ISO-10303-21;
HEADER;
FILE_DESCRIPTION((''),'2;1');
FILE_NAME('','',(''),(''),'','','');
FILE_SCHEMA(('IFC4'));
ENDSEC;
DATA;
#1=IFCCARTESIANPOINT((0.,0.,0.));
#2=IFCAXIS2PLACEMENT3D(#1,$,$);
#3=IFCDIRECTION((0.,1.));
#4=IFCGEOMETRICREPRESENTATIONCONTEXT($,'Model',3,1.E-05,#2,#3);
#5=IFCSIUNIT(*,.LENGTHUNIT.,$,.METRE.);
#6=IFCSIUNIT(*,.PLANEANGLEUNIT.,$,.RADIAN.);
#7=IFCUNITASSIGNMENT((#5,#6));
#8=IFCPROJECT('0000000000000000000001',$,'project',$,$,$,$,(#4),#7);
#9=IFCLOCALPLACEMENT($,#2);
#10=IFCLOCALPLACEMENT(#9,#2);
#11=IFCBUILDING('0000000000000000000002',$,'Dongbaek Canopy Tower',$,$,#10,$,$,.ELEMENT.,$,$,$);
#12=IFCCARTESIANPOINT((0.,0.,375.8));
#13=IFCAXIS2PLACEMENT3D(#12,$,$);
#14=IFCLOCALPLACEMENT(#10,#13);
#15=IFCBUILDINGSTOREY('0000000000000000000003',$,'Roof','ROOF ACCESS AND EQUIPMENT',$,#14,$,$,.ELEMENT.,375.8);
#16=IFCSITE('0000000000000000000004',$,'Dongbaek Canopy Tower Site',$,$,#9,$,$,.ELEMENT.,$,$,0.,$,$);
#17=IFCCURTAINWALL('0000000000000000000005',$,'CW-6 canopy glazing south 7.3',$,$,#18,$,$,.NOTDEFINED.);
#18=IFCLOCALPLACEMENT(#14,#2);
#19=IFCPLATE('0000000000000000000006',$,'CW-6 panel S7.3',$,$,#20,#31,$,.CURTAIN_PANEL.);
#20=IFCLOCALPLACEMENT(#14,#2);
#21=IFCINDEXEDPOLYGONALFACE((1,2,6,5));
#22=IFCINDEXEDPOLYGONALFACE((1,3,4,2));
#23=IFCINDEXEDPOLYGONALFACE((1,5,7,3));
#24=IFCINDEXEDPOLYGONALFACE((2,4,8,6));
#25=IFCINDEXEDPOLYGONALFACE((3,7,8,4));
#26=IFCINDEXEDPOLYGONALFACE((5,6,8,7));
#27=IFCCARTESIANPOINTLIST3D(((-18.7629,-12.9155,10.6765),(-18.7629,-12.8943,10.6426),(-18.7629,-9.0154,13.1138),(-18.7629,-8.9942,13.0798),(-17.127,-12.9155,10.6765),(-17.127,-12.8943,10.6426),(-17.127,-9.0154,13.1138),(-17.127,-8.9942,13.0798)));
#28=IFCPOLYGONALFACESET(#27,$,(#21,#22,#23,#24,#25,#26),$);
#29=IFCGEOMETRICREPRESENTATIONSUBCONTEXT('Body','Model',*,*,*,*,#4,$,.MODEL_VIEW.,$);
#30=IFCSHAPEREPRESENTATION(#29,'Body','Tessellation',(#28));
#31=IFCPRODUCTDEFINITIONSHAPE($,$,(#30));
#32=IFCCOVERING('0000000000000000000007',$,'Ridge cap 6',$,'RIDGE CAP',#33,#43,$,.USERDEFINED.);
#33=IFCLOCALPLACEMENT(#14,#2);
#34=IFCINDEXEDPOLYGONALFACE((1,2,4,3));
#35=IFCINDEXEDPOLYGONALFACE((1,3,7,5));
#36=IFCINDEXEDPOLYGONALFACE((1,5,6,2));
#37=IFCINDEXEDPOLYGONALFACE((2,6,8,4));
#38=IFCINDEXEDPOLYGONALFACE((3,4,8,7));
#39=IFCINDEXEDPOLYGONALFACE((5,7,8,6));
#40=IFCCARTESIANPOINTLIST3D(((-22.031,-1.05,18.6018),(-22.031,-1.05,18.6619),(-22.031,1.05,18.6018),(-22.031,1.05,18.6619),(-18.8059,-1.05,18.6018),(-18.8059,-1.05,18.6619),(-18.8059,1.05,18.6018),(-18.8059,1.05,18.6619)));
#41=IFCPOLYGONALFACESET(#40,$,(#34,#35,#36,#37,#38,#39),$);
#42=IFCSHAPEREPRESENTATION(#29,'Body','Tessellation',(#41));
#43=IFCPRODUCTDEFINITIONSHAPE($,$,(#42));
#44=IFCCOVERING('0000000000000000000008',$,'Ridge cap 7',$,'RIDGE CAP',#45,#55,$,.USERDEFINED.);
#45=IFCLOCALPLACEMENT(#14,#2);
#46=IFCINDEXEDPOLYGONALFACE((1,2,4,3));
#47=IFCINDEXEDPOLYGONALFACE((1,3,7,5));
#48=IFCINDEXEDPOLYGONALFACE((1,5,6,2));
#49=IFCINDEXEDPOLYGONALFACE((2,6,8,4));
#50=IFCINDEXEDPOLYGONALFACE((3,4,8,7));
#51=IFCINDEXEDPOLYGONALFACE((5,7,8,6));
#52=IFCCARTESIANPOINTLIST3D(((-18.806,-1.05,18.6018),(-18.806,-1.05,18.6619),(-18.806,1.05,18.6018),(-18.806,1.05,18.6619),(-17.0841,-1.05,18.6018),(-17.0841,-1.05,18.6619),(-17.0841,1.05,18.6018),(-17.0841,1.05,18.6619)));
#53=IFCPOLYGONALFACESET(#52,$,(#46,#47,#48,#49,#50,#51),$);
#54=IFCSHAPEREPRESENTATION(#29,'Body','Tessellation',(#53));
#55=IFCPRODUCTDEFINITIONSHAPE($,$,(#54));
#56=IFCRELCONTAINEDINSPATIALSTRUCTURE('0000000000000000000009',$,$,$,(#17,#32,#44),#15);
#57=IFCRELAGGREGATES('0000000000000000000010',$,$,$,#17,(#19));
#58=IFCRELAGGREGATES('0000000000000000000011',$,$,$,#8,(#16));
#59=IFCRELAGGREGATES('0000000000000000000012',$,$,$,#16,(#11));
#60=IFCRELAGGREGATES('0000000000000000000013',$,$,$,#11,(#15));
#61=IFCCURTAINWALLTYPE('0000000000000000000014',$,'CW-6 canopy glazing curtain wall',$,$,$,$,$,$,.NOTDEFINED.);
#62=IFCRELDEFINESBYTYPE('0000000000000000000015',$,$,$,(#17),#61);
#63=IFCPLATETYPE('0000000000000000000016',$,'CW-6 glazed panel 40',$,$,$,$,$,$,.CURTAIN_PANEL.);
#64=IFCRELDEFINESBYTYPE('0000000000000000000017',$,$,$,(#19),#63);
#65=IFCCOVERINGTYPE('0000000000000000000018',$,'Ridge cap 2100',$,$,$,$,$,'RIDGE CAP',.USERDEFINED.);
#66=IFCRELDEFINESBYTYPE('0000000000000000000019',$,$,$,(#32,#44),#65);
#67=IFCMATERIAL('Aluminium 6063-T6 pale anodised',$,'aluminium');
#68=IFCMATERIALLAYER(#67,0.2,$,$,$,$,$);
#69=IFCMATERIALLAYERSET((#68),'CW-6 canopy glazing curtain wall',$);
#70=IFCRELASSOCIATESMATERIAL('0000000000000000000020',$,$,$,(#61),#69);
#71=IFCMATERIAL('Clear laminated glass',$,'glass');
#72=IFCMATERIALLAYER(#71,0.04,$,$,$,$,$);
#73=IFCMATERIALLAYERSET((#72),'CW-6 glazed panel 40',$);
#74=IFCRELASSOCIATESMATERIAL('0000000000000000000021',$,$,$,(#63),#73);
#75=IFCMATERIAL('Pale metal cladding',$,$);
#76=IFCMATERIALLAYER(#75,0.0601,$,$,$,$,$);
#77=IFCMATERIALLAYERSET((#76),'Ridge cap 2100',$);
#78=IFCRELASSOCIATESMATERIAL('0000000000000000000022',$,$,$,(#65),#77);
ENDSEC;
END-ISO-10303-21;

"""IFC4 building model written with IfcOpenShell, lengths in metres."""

from ifc_helpers import new_model, si_unit, direction, frame, origin, origin_2d, place, context, subcontext, project, spatial, polyline, rectangle, outline, extrude, material, layer, layer_set, type_object, element, aggregate, save


model = new_model("IFC4")

# Units and contexts
model_context = context("Model", 3, precision=1e-05, world=origin(), true_north=direction((0.0, 1.0)))
body_context = subcontext(model_context, "Body", "Model", "MODEL_VIEW")
ifc_project = project(units=[si_unit("LENGTHUNIT", "METRE"), si_unit("PLANEANGLEUNIT", "RADIAN")], contexts=[model_context])

# Site, building, storey
site_placement = place(None, origin())
site = spatial("IfcSite", under=ifc_project, at=site_placement, Name="Dongbaek Canopy Tower Site", CompositionType="ELEMENT", RefElevation=0.0)
building_placement = place(site_placement, origin())
building = spatial("IfcBuilding", under=site, at=building_placement, Name="Dongbaek Canopy Tower", CompositionType="ELEMENT")
storey_placement = place(building_placement, frame((0.0, 0.0, 375.8)))
storey = spatial("IfcBuildingStorey", under=building, at=storey_placement, Name="Roof", Description="ROOF ACCESS AND EQUIPMENT", CompositionType="ELEMENT", Elevation=375.8)

# Curtain wall
ifc_material_1 = material(Name="Aluminium 6063-T6 pale anodised", Category="aluminium")
ifc_layer_1 = layer(ifc_material_1, 0.2)
ifc_layer_set_1 = layer_set([ifc_layer_1], Name="CW-6 canopy glazing curtain wall")
curtain_wall_type = type_object("IfcCurtainWallType", Name="CW-6 canopy glazing curtain wall", PredefinedType="NOTDEFINED", material=ifc_layer_set_1)
curtain_wall_1_placement = place(storey_placement, origin())
curtain_wall_1 = element("IfcCurtainWall", 1, at=curtain_wall_1_placement, inside=storey, type_object=curtain_wall_type, Name="CW-6 canopy glazing south 7.3", PredefinedType="NOTDEFINED")

# Plate
ifc_material_2 = material(Name="Clear laminated glass", Category="glass")
ifc_layer_2 = layer(ifc_material_2, 0.04)
ifc_layer_set_2 = layer_set([ifc_layer_2], Name="CW-6 glazed panel 40")
plate_type = type_object("IfcPlateType", Name="CW-6 glazed panel 40", PredefinedType="CURTAIN_PANEL", material=ifc_layer_set_2)
plate_1_placement = place(storey_placement, frame((-18.7629, -9.0154, 13.1138), z_axis=(0.0, -0.529946, 0.848031), x_axis=(1.0, 0.0, 0.0)))
plate_1 = element("IfcPlate", 2, at=plate_1_placement, type_object=plate_type, Name="CW-6 panel S7.3", PredefinedType="CURTAIN_PANEL", context=body_context, shape_type="SweptSolid", body=[
    extrude(outline(polyline([(0.0, 0.0), (1.636, 0.0), (1.636, -4.5991), (0.0, -4.5991), (0.0, 0.0)])), origin(), (0.0, 0.0, -1.0), 0.04),
])
aggregate(curtain_wall_1, [plate_1])

# Coverings
ifc_material_3 = material(Name="Pale metal cladding")
ifc_layer_3 = layer(ifc_material_3, 0.0601)
ifc_layer_set_3 = layer_set([ifc_layer_3], Name="Ridge cap 2100")
covering_type = type_object("IfcCoveringType", Name="Ridge cap 2100", ElementType="RIDGE CAP", PredefinedType="USERDEFINED", material=ifc_layer_set_3)
covering_1_placement = place(storey_placement, frame((-20.4185, 0.0, 18.6018), z_axis=(0.0, 0.0, 1.0), x_axis=(1.0, 0.0, 0.0)))
element("IfcCovering", 3, at=covering_1_placement, inside=storey, type_object=covering_type, Name="Ridge cap 6", ObjectType="RIDGE CAP", PredefinedType="USERDEFINED", context=body_context, shape_type="SweptSolid", body=[
    extrude(rectangle(XDim=3.2251, YDim=2.1001, at=origin_2d()), origin(), (0.0, 0.0, 1.0), 0.0601),
])
covering_2_placement = place(storey_placement, frame((-17.9451, 0.0, 18.6018), z_axis=(0.0, 0.0, 1.0), x_axis=(1.0, 0.0, 0.0)))
element("IfcCovering", 4, at=covering_2_placement, inside=storey, type_object=covering_type, Name="Ridge cap 7", ObjectType="RIDGE CAP", PredefinedType="USERDEFINED", context=body_context, shape_type="SweptSolid", body=[
    extrude(rectangle(XDim=1.7219, YDim=2.1001, at=origin_2d()), origin(), (0.0, 0.0, 1.0), 0.0601),
])

save(model, "model.ifc")
